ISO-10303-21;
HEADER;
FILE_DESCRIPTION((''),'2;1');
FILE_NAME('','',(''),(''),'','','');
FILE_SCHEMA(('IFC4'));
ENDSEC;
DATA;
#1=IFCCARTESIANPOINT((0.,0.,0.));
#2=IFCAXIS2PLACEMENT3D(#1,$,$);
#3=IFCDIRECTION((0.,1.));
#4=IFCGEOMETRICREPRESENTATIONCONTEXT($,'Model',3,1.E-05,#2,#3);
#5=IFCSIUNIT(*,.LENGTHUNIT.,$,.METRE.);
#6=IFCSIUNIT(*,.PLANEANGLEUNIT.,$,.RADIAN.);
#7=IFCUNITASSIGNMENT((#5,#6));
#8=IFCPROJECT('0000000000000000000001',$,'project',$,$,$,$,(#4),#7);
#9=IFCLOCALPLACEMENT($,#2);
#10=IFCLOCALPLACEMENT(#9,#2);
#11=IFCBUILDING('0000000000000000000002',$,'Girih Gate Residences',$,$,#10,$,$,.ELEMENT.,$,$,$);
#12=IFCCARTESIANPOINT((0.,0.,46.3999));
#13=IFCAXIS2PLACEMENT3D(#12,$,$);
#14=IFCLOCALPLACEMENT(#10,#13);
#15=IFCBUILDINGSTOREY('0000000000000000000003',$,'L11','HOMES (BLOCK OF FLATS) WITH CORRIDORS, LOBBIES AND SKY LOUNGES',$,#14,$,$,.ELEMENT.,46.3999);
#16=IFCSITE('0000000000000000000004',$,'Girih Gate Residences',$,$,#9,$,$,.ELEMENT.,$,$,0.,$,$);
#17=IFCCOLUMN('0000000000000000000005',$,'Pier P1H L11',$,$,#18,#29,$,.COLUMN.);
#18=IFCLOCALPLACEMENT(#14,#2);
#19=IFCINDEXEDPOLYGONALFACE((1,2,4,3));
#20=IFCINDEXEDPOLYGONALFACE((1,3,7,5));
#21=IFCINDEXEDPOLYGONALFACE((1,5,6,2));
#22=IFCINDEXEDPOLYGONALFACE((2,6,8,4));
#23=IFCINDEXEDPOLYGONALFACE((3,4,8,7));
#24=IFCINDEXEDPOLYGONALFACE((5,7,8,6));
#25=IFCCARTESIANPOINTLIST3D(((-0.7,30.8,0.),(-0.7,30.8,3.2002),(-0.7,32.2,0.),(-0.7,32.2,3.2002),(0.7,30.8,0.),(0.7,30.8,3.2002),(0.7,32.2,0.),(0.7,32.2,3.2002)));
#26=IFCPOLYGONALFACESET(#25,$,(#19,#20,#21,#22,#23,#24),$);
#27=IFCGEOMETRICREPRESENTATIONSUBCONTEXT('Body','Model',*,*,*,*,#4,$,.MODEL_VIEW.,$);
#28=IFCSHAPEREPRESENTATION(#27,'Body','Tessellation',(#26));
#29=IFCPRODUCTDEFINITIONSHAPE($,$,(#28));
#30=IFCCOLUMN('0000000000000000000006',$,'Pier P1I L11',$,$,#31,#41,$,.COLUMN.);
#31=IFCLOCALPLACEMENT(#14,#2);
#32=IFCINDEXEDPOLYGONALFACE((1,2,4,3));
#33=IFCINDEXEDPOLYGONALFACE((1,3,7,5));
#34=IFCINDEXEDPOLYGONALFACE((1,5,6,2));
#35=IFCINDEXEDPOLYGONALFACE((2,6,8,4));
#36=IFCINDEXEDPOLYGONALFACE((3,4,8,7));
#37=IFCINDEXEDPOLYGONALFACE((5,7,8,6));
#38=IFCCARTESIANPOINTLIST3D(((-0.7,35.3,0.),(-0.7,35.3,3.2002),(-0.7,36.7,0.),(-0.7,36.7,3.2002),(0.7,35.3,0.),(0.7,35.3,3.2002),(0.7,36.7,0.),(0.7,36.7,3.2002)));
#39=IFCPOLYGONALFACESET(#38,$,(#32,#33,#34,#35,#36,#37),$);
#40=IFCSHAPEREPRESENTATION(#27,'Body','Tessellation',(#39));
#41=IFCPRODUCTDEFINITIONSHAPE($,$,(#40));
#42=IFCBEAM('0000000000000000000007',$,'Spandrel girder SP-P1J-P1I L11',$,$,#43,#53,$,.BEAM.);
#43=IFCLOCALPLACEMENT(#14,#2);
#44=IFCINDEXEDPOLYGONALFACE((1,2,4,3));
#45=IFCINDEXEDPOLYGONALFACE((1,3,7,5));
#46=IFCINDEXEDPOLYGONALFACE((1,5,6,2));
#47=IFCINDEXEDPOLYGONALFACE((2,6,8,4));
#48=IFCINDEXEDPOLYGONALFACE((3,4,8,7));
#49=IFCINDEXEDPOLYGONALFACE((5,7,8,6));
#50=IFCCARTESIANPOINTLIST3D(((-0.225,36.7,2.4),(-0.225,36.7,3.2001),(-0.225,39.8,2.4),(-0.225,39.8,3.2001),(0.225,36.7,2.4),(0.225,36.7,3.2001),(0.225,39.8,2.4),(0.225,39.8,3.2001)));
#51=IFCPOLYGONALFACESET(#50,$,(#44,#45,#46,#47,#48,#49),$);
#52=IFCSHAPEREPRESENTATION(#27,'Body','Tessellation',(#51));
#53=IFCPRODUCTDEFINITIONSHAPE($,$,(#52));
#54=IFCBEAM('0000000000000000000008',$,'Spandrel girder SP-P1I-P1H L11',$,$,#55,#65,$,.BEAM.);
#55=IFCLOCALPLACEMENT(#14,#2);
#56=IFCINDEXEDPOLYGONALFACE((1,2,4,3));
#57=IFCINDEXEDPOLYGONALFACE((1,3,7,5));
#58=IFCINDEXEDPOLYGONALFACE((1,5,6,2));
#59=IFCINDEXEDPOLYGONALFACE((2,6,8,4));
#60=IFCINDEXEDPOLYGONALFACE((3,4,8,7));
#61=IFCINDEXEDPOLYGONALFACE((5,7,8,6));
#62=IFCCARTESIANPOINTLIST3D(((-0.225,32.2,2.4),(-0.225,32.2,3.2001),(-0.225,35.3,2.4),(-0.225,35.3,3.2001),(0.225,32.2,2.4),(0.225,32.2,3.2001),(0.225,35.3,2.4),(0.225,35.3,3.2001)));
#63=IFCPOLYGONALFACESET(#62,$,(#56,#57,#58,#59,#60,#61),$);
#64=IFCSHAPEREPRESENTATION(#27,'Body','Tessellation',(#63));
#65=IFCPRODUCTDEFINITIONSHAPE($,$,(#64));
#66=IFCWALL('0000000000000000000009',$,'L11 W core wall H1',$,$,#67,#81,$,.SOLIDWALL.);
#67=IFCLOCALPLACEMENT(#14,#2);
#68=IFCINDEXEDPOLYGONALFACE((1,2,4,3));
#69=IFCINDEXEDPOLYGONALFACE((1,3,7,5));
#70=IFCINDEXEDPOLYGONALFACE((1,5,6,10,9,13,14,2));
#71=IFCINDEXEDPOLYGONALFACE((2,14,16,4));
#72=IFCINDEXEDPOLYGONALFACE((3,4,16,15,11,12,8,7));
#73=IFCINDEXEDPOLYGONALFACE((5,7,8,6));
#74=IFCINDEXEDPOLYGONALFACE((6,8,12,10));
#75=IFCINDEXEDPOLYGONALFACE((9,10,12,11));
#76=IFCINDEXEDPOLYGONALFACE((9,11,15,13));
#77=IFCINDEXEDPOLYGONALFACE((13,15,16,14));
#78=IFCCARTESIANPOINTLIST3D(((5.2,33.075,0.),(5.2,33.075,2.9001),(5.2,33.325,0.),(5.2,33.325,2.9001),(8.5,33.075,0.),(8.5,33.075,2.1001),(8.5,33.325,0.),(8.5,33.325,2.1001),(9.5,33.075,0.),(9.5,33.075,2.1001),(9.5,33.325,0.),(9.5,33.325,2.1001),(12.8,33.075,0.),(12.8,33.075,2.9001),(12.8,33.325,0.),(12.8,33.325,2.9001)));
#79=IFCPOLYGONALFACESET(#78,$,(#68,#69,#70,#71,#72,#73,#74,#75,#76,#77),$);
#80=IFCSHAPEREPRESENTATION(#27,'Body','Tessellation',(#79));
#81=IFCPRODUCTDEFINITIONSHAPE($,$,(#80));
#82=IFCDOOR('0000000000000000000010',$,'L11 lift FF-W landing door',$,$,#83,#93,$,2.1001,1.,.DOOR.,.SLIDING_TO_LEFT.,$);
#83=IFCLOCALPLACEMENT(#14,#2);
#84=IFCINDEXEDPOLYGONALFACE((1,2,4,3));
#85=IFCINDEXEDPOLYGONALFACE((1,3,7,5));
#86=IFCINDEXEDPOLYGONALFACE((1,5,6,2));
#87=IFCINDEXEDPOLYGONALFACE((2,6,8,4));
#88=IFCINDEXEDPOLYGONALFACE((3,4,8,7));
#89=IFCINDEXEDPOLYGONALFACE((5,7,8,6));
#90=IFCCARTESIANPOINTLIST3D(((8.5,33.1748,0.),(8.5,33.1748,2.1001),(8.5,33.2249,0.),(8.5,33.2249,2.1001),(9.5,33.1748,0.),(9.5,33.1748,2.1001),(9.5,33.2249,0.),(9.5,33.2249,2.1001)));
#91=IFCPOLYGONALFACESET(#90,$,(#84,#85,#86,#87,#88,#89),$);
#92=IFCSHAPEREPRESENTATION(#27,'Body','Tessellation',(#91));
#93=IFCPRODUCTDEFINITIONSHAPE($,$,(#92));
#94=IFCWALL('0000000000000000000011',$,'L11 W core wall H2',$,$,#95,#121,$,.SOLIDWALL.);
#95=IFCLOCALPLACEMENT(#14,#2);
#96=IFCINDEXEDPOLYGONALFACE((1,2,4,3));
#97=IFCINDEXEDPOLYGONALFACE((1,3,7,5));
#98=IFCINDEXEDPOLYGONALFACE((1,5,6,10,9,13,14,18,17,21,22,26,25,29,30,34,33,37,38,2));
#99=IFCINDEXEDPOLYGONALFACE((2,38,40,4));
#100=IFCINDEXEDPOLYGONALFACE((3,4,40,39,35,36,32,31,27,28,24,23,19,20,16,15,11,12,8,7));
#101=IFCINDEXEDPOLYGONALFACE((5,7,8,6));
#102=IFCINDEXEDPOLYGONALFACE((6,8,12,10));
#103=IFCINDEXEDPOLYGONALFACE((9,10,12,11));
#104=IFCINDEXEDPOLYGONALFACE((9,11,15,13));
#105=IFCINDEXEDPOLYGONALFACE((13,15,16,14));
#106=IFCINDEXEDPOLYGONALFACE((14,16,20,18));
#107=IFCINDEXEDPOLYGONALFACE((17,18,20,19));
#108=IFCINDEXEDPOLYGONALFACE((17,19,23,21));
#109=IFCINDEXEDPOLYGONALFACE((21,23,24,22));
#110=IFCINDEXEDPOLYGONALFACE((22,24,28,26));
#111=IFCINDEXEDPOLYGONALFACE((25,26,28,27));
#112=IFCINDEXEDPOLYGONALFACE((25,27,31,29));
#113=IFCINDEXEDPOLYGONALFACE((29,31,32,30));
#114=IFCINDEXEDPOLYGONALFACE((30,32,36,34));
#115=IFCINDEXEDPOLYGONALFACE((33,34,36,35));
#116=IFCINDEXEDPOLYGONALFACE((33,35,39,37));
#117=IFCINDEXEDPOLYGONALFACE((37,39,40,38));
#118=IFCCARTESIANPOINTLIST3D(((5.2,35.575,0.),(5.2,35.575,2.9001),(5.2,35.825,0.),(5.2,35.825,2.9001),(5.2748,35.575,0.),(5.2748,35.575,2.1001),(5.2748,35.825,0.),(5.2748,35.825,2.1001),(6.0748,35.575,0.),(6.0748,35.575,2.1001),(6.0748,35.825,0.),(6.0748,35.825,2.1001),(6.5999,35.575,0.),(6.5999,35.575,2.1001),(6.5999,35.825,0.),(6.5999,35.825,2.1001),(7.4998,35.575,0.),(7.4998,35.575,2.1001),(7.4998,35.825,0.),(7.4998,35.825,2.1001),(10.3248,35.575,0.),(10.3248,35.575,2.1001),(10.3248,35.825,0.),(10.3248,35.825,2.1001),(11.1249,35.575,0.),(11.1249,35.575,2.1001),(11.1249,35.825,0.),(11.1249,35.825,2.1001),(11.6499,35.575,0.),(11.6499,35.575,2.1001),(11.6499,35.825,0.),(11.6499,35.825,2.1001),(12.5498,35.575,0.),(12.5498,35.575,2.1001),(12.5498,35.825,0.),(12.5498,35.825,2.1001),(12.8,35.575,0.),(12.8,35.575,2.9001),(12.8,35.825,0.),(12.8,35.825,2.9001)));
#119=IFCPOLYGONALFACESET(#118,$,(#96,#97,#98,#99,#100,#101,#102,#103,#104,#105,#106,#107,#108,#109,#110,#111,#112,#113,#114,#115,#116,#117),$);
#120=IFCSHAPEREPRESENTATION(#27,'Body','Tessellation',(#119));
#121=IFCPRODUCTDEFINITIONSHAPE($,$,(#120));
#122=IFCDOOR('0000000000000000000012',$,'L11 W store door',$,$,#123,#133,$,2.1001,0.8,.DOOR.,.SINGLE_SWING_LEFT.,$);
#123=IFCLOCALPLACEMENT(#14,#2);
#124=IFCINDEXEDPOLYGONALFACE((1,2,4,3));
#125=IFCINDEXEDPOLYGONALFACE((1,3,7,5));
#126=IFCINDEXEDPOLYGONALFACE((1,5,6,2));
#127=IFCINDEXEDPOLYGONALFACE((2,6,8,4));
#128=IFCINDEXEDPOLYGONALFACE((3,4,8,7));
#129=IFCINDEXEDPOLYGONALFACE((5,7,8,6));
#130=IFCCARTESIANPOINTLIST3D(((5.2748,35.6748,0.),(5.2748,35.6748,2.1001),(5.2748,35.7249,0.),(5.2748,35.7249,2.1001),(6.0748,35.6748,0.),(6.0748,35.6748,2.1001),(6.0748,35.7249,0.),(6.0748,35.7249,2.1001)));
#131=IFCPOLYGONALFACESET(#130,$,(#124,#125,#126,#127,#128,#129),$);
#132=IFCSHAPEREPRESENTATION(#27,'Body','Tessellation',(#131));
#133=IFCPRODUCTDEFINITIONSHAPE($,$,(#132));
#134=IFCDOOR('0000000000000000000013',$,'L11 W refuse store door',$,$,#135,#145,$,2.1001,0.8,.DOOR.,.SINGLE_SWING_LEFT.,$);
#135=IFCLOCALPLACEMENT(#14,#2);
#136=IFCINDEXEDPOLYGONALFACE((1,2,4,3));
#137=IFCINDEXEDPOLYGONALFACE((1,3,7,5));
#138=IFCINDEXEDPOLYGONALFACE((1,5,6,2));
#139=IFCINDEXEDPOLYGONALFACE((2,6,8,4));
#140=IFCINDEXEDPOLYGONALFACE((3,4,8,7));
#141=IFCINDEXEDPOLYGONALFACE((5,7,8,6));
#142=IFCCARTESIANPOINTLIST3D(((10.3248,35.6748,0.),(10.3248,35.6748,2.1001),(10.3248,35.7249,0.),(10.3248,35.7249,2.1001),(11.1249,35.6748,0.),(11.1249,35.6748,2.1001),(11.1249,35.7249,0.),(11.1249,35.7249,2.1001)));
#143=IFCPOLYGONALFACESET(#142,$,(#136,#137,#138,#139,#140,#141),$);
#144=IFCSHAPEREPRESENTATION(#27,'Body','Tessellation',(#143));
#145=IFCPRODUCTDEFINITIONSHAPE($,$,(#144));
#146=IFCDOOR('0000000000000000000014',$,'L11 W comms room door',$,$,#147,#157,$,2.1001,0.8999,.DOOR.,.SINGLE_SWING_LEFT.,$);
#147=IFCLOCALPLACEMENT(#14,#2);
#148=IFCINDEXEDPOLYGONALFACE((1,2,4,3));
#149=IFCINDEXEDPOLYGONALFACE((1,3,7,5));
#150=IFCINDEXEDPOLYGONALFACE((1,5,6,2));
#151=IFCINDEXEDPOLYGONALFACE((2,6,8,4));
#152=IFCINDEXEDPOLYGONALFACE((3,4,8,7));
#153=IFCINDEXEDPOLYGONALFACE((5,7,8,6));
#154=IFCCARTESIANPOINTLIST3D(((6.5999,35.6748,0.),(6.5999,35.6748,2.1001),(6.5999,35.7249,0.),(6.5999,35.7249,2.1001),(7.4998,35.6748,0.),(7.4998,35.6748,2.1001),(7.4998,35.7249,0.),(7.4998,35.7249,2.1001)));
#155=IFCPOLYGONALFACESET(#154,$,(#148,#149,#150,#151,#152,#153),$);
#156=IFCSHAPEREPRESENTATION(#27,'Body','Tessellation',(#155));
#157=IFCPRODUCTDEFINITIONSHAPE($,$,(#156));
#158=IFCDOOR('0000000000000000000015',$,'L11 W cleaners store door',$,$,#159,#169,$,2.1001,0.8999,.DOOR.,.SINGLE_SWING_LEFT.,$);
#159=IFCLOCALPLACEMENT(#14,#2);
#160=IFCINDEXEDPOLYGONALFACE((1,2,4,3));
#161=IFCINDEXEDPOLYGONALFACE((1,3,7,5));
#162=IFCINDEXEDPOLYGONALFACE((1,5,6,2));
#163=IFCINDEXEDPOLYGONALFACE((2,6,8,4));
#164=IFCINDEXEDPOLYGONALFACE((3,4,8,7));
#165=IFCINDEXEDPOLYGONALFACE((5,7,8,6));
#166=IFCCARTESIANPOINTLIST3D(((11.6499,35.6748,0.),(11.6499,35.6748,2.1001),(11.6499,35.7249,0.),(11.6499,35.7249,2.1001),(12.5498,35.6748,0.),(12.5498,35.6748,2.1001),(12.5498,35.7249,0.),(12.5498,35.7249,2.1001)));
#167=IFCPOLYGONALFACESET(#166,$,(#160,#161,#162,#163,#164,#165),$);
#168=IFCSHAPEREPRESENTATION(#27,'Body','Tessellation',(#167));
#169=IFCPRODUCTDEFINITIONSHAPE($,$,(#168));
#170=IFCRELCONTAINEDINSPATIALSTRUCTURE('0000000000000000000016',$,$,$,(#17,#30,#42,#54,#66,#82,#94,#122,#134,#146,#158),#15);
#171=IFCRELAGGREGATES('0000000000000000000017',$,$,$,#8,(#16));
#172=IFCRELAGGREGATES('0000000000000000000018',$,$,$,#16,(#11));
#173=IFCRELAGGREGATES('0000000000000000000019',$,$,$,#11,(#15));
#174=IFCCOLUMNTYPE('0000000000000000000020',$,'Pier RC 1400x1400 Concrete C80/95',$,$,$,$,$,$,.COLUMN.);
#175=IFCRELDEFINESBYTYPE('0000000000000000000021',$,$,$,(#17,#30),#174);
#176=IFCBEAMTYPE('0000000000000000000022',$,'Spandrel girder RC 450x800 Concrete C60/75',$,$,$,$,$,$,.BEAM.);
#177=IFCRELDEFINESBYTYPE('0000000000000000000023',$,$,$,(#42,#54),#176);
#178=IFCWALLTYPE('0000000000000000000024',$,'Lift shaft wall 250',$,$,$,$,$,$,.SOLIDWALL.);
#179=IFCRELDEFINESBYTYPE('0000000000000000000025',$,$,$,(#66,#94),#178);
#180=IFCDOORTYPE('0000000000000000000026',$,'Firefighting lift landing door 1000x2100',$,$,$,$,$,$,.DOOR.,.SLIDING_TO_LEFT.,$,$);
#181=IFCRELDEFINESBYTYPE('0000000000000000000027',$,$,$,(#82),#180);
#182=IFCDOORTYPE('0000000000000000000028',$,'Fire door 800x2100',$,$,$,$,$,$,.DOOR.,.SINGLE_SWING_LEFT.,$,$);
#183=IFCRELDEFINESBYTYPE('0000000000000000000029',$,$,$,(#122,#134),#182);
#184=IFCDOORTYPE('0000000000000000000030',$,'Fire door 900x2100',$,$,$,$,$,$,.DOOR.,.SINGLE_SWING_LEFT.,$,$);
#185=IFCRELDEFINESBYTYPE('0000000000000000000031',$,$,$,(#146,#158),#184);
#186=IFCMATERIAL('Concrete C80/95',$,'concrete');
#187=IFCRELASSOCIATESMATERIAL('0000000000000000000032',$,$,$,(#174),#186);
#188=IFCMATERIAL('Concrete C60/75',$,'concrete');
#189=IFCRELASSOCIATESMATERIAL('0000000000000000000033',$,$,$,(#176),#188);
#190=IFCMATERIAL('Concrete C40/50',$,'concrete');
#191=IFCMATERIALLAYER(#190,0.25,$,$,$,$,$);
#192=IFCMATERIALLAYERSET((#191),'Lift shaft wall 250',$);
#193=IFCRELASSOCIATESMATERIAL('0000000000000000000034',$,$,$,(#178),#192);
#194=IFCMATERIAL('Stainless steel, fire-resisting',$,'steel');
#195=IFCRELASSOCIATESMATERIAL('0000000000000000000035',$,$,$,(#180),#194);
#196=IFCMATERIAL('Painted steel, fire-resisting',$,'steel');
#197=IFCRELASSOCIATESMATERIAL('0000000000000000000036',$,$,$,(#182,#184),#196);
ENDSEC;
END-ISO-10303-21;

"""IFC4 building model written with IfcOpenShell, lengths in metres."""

from ifc_helpers import new_model, si_unit, direction, frame, frame_2d, origin, origin_2d, place, context, subcontext, project, spatial, rectangle, extrude, material, layer, layer_set, material_profile, profile_set, type_object, element, fill, save


model = new_model("IFC4")

# Units and contexts
model_context = context("Model", 3, precision=1e-05, world=origin(), true_north=direction((0.0, 1.0)))
body_context = subcontext(model_context, "Body", "Model", "MODEL_VIEW")
ifc_project = project(units=[si_unit("LENGTHUNIT", "METRE"), si_unit("PLANEANGLEUNIT", "RADIAN")], contexts=[model_context])

# Site, building, storey
site_placement = place(None, origin())
site = spatial("IfcSite", under=ifc_project, at=site_placement, Name="Girih Gate Residences", CompositionType="ELEMENT", RefElevation=0.0)
building_placement = place(site_placement, origin())
building = spatial("IfcBuilding", under=site, at=building_placement, Name="Girih Gate Residences", CompositionType="ELEMENT")
storey_placement = place(building_placement, frame((0.0, 0.0, 46.3999)))
storey = spatial("IfcBuildingStorey", under=building, at=storey_placement, Name="L11", Description="HOMES (BLOCK OF FLATS) WITH CORRIDORS, LOBBIES AND SKY LOUNGES", CompositionType="ELEMENT", Elevation=46.3999)

# Columns
ifc_material_1 = material(Name="Concrete C80/95", Category="concrete")
ifc_material_profile_1 = material_profile(ifc_material_1, rectangle(XDim=1.3999, YDim=1.3999, at=origin_2d()))
ifc_profile_set_1 = profile_set([ifc_material_profile_1], Name="Concrete C80/95")
column_type = type_object("IfcColumnType", Name="Pier RC 1400x1400 Concrete C80/95", PredefinedType="COLUMN", material=ifc_profile_set_1)
for number, where, z_axis, x_axis, name in (
    (1, (0.0, 31.5, 0.0), (0.0, 0.0, 1.0), (1.0, 0.0, 0.0), "Pier P1H L11"),
    (2, (0.0, 36.0, 0.0), (0.0, 0.0, 1.0), (1.0, 0.0, 0.0), "Pier P1I L11"),
):
    element("IfcColumn", number, at=place(storey_placement, frame(where, z_axis=z_axis, x_axis=x_axis)), inside=storey, type_object=column_type, Name=name, PredefinedType="COLUMN", context=body_context, shape_type="SweptSolid", body=[
        extrude(rectangle(XDim=1.3999, YDim=1.3999, at=origin_2d()), origin(), (0.0, 0.0, 1.0), 3.2002),
    ])

# Beams
ifc_material_2 = material(Name="Concrete C60/75", Category="concrete")
ifc_material_profile_2 = material_profile(ifc_material_2, rectangle(XDim=0.45, YDim=0.8, at=origin_2d()))
ifc_profile_set_2 = profile_set([ifc_material_profile_2], Name="Concrete C60/75")
beam_type = type_object("IfcBeamType", Name="Spandrel girder RC 450x800 Concrete C60/75", PredefinedType="BEAM", material=ifc_profile_set_2)
for number, where, z_axis, x_axis, name in (
    (3, (0.0, 39.8, 2.8), (0.0, -1.0, 0.0), (1.0, 0.0, 0.0), "Spandrel girder SP-P1J-P1I L11"),
    (4, (0.0, 35.3, 2.8), (0.0, -1.0, 0.0), (1.0, 0.0, 0.0), "Spandrel girder SP-P1I-P1H L11"),
):
    element("IfcBeam", number, at=place(storey_placement, frame(where, z_axis=z_axis, x_axis=x_axis)), inside=storey, type_object=beam_type, Name=name, PredefinedType="BEAM", context=body_context, shape_type="SweptSolid", body=[
        extrude(rectangle(XDim=0.45, YDim=0.8, at=origin_2d()), origin(), (0.0, 0.0, 1.0), 3.1001),
    ])

# Wall, opening, door
ifc_material_3 = material(Name="Concrete C40/50", Category="concrete")
ifc_layer_1 = layer(ifc_material_3, 0.25)
ifc_layer_set_1 = layer_set([ifc_layer_1], Name="Lift shaft wall 250")
wall_type_1 = type_object("IfcWallType", Name="Lift shaft wall 250", PredefinedType="SOLIDWALL", material=ifc_layer_set_1)
wall_1_placement = place(storey_placement, frame((5.2, 33.2, 0.0), z_axis=(0.0, 0.0, 1.0), x_axis=(1.0, 0.0, 0.0)))
wall_1 = element("IfcWall", 5, at=wall_1_placement, inside=storey, type_object=wall_type_1, Name="L11 W core wall H1", PredefinedType="SOLIDWALL", context=body_context, shape_type="SweptSolid", body=[
    extrude(rectangle(XDim=7.6001, YDim=0.25, at=frame_2d((3.8, 0.0))), origin(), (0.0, 0.0, 1.0), 2.9001),
])
opening_1_placement = place(wall_1_placement, frame((3.3, 0.0, 0.0)))
opening_1 = element("IfcOpeningElement", 6, at=opening_1_placement, cuts=wall_1, PredefinedType="OPENING", context=body_context, shape_type="SweptSolid", body=[
    extrude(rectangle(XDim=1.0, YDim=2.1001, at=frame_2d((0.5, 1.05))), frame((0.0, 0.135, 0.0), z_axis=(0.0, -1.0, 0.0), x_axis=(1.0, 0.0, 0.0)), (0.0, 0.0, 1.0), 0.27),
])
ifc_material_4 = material(Name="Stainless steel, fire-resisting", Category="steel")
door_type_1 = type_object("IfcDoorType", Name="Firefighting lift landing door 1000x2100", OperationType="SLIDING_TO_LEFT", PredefinedType="DOOR", material=ifc_material_4)
door_1_placement = place(opening_1_placement, origin())
door_1 = element("IfcDoor", 7, at=door_1_placement, inside=storey, type_object=door_type_1, Name="L11 lift FF-W landing door", OperationType="SLIDING_TO_LEFT", OverallHeight=2.1001, OverallWidth=1.0, PredefinedType="DOOR", context=body_context, shape_type="SweptSolid", body=[
    extrude(rectangle(XDim=1.0, YDim=2.1001, at=frame_2d((0.5, 1.05))), frame((0.0, 0.0249, 0.0), z_axis=(0.0, -1.0, 0.0), x_axis=(1.0, 0.0, 0.0)), (0.0, 0.0, 1.0), 0.05),
])
fill(opening_1, door_1)

# Wall, openings, doors
wall_2_placement = place(storey_placement, frame((5.2, 35.7, 0.0), z_axis=(0.0, 0.0, 1.0), x_axis=(1.0, 0.0, 0.0)))
wall_2 = element("IfcWall", 8, at=wall_2_placement, inside=storey, type_object=wall_type_1, Name="L11 W core wall H2", PredefinedType="SOLIDWALL", context=body_context, shape_type="SweptSolid", body=[
    extrude(rectangle(XDim=7.6001, YDim=0.25, at=frame_2d((3.8, 0.0))), origin(), (0.0, 0.0, 1.0), 2.9001),
])
opening_2_placement = place(wall_2_placement, frame((0.075, 0.0, 0.0)))
opening_2 = element("IfcOpeningElement", 9, at=opening_2_placement, cuts=wall_2, PredefinedType="OPENING", context=body_context, shape_type="SweptSolid", body=[
    extrude(rectangle(XDim=0.8, YDim=2.1001, at=frame_2d((0.3999, 1.05))), frame((0.0, 0.135, 0.0), z_axis=(0.0, -1.0, 0.0), x_axis=(1.0, 0.0, 0.0)), (0.0, 0.0, 1.0), 0.27),
])
opening_3_placement = place(wall_2_placement, frame((1.3999, 0.0, 0.0)))
opening_3 = element("IfcOpeningElement", 10, at=opening_3_placement, cuts=wall_2, PredefinedType="OPENING", context=body_context, shape_type="SweptSolid", body=[
    extrude(rectangle(XDim=0.8999, YDim=2.1001, at=frame_2d((0.45, 1.05))), frame((0.0, 0.135, 0.0), z_axis=(0.0, -1.0, 0.0), x_axis=(1.0, 0.0, 0.0)), (0.0, 0.0, 1.0), 0.27),
])
opening_4_placement = place(wall_2_placement, frame((5.125, 0.0, 0.0)))
opening_4 = element("IfcOpeningElement", 11, at=opening_4_placement, cuts=wall_2, PredefinedType="OPENING", context=body_context, shape_type="SweptSolid", body=[
    extrude(rectangle(XDim=0.8, YDim=2.1001, at=frame_2d((0.3999, 1.05))), frame((0.0, 0.135, 0.0), z_axis=(0.0, -1.0, 0.0), x_axis=(1.0, 0.0, 0.0)), (0.0, 0.0, 1.0), 0.27),
])
opening_5_placement = place(wall_2_placement, frame((6.45, 0.0, 0.0)))
opening_5 = element("IfcOpeningElement", 12, at=opening_5_placement, cuts=wall_2, PredefinedType="OPENING", context=body_context, shape_type="SweptSolid", body=[
    extrude(rectangle(XDim=0.8999, YDim=2.1001, at=frame_2d((0.45, 1.05))), frame((0.0, 0.135, 0.0), z_axis=(0.0, -1.0, 0.0), x_axis=(1.0, 0.0, 0.0)), (0.0, 0.0, 1.0), 0.27),
])
ifc_material_5 = material(Name="Painted steel, fire-resisting", Category="steel")
door_type_2 = type_object("IfcDoorType", Name="Fire door 800x2100", OperationType="SINGLE_SWING_LEFT", PredefinedType="DOOR", material=ifc_material_5)
door_2_placement = place(opening_2_placement, origin())
door_2 = element("IfcDoor", 13, at=door_2_placement, inside=storey, type_object=door_type_2, Name="L11 W store door", OperationType="SINGLE_SWING_LEFT", OverallHeight=2.1001, OverallWidth=0.8, PredefinedType="DOOR", context=body_context, shape_type="SweptSolid", body=[
    extrude(rectangle(XDim=0.8, YDim=2.1001, at=frame_2d((0.3999, 1.05))), frame((0.0, 0.0249, 0.0), z_axis=(0.0, -1.0, 0.0), x_axis=(1.0, 0.0, 0.0)), (0.0, 0.0, 1.0), 0.05),
])
fill(opening_2, door_2)
door_3_placement = place(opening_4_placement, origin())
door_3 = element("IfcDoor", 14, at=door_3_placement, inside=storey, type_object=door_type_2, Name="L11 W refuse store door", OperationType="SINGLE_SWING_LEFT", OverallHeight=2.1001, OverallWidth=0.8, PredefinedType="DOOR", context=body_context, shape_type="SweptSolid", body=[
    extrude(rectangle(XDim=0.8, YDim=2.1001, at=frame_2d((0.3999, 1.05))), frame((0.0, 0.0249, 0.0), z_axis=(0.0, -1.0, 0.0), x_axis=(1.0, 0.0, 0.0)), (0.0, 0.0, 1.0), 0.05),
])
fill(opening_4, door_3)
door_type_3 = type_object("IfcDoorType", Name="Fire door 900x2100", OperationType="SINGLE_SWING_LEFT", PredefinedType="DOOR", material=ifc_material_5)
door_4_placement = place(opening_3_placement, origin())
door_4 = element("IfcDoor", 15, at=door_4_placement, inside=storey, type_object=door_type_3, Name="L11 W comms room door", OperationType="SINGLE_SWING_LEFT", OverallHeight=2.1001, OverallWidth=0.8999, PredefinedType="DOOR", context=body_context, shape_type="SweptSolid", body=[
    extrude(rectangle(XDim=0.8999, YDim=2.1001, at=frame_2d((0.45, 1.05))), frame((0.0, 0.0249, 0.0), z_axis=(0.0, -1.0, 0.0), x_axis=(1.0, 0.0, 0.0)), (0.0, 0.0, 1.0), 0.05),
])
fill(opening_3, door_4)
door_5_placement = place(opening_5_placement, origin())
door_5 = element("IfcDoor", 16, at=door_5_placement, inside=storey, type_object=door_type_3, Name="L11 W cleaners store door", OperationType="SINGLE_SWING_LEFT", OverallHeight=2.1001, OverallWidth=0.8999, PredefinedType="DOOR", context=body_context, shape_type="SweptSolid", body=[
    extrude(rectangle(XDim=0.8999, YDim=2.1001, at=frame_2d((0.45, 1.05))), frame((0.0, 0.0249, 0.0), z_axis=(0.0, -1.0, 0.0), x_axis=(1.0, 0.0, 0.0)), (0.0, 0.0, 1.0), 0.05),
])
fill(opening_5, door_5)

save(model, "model.ifc")
